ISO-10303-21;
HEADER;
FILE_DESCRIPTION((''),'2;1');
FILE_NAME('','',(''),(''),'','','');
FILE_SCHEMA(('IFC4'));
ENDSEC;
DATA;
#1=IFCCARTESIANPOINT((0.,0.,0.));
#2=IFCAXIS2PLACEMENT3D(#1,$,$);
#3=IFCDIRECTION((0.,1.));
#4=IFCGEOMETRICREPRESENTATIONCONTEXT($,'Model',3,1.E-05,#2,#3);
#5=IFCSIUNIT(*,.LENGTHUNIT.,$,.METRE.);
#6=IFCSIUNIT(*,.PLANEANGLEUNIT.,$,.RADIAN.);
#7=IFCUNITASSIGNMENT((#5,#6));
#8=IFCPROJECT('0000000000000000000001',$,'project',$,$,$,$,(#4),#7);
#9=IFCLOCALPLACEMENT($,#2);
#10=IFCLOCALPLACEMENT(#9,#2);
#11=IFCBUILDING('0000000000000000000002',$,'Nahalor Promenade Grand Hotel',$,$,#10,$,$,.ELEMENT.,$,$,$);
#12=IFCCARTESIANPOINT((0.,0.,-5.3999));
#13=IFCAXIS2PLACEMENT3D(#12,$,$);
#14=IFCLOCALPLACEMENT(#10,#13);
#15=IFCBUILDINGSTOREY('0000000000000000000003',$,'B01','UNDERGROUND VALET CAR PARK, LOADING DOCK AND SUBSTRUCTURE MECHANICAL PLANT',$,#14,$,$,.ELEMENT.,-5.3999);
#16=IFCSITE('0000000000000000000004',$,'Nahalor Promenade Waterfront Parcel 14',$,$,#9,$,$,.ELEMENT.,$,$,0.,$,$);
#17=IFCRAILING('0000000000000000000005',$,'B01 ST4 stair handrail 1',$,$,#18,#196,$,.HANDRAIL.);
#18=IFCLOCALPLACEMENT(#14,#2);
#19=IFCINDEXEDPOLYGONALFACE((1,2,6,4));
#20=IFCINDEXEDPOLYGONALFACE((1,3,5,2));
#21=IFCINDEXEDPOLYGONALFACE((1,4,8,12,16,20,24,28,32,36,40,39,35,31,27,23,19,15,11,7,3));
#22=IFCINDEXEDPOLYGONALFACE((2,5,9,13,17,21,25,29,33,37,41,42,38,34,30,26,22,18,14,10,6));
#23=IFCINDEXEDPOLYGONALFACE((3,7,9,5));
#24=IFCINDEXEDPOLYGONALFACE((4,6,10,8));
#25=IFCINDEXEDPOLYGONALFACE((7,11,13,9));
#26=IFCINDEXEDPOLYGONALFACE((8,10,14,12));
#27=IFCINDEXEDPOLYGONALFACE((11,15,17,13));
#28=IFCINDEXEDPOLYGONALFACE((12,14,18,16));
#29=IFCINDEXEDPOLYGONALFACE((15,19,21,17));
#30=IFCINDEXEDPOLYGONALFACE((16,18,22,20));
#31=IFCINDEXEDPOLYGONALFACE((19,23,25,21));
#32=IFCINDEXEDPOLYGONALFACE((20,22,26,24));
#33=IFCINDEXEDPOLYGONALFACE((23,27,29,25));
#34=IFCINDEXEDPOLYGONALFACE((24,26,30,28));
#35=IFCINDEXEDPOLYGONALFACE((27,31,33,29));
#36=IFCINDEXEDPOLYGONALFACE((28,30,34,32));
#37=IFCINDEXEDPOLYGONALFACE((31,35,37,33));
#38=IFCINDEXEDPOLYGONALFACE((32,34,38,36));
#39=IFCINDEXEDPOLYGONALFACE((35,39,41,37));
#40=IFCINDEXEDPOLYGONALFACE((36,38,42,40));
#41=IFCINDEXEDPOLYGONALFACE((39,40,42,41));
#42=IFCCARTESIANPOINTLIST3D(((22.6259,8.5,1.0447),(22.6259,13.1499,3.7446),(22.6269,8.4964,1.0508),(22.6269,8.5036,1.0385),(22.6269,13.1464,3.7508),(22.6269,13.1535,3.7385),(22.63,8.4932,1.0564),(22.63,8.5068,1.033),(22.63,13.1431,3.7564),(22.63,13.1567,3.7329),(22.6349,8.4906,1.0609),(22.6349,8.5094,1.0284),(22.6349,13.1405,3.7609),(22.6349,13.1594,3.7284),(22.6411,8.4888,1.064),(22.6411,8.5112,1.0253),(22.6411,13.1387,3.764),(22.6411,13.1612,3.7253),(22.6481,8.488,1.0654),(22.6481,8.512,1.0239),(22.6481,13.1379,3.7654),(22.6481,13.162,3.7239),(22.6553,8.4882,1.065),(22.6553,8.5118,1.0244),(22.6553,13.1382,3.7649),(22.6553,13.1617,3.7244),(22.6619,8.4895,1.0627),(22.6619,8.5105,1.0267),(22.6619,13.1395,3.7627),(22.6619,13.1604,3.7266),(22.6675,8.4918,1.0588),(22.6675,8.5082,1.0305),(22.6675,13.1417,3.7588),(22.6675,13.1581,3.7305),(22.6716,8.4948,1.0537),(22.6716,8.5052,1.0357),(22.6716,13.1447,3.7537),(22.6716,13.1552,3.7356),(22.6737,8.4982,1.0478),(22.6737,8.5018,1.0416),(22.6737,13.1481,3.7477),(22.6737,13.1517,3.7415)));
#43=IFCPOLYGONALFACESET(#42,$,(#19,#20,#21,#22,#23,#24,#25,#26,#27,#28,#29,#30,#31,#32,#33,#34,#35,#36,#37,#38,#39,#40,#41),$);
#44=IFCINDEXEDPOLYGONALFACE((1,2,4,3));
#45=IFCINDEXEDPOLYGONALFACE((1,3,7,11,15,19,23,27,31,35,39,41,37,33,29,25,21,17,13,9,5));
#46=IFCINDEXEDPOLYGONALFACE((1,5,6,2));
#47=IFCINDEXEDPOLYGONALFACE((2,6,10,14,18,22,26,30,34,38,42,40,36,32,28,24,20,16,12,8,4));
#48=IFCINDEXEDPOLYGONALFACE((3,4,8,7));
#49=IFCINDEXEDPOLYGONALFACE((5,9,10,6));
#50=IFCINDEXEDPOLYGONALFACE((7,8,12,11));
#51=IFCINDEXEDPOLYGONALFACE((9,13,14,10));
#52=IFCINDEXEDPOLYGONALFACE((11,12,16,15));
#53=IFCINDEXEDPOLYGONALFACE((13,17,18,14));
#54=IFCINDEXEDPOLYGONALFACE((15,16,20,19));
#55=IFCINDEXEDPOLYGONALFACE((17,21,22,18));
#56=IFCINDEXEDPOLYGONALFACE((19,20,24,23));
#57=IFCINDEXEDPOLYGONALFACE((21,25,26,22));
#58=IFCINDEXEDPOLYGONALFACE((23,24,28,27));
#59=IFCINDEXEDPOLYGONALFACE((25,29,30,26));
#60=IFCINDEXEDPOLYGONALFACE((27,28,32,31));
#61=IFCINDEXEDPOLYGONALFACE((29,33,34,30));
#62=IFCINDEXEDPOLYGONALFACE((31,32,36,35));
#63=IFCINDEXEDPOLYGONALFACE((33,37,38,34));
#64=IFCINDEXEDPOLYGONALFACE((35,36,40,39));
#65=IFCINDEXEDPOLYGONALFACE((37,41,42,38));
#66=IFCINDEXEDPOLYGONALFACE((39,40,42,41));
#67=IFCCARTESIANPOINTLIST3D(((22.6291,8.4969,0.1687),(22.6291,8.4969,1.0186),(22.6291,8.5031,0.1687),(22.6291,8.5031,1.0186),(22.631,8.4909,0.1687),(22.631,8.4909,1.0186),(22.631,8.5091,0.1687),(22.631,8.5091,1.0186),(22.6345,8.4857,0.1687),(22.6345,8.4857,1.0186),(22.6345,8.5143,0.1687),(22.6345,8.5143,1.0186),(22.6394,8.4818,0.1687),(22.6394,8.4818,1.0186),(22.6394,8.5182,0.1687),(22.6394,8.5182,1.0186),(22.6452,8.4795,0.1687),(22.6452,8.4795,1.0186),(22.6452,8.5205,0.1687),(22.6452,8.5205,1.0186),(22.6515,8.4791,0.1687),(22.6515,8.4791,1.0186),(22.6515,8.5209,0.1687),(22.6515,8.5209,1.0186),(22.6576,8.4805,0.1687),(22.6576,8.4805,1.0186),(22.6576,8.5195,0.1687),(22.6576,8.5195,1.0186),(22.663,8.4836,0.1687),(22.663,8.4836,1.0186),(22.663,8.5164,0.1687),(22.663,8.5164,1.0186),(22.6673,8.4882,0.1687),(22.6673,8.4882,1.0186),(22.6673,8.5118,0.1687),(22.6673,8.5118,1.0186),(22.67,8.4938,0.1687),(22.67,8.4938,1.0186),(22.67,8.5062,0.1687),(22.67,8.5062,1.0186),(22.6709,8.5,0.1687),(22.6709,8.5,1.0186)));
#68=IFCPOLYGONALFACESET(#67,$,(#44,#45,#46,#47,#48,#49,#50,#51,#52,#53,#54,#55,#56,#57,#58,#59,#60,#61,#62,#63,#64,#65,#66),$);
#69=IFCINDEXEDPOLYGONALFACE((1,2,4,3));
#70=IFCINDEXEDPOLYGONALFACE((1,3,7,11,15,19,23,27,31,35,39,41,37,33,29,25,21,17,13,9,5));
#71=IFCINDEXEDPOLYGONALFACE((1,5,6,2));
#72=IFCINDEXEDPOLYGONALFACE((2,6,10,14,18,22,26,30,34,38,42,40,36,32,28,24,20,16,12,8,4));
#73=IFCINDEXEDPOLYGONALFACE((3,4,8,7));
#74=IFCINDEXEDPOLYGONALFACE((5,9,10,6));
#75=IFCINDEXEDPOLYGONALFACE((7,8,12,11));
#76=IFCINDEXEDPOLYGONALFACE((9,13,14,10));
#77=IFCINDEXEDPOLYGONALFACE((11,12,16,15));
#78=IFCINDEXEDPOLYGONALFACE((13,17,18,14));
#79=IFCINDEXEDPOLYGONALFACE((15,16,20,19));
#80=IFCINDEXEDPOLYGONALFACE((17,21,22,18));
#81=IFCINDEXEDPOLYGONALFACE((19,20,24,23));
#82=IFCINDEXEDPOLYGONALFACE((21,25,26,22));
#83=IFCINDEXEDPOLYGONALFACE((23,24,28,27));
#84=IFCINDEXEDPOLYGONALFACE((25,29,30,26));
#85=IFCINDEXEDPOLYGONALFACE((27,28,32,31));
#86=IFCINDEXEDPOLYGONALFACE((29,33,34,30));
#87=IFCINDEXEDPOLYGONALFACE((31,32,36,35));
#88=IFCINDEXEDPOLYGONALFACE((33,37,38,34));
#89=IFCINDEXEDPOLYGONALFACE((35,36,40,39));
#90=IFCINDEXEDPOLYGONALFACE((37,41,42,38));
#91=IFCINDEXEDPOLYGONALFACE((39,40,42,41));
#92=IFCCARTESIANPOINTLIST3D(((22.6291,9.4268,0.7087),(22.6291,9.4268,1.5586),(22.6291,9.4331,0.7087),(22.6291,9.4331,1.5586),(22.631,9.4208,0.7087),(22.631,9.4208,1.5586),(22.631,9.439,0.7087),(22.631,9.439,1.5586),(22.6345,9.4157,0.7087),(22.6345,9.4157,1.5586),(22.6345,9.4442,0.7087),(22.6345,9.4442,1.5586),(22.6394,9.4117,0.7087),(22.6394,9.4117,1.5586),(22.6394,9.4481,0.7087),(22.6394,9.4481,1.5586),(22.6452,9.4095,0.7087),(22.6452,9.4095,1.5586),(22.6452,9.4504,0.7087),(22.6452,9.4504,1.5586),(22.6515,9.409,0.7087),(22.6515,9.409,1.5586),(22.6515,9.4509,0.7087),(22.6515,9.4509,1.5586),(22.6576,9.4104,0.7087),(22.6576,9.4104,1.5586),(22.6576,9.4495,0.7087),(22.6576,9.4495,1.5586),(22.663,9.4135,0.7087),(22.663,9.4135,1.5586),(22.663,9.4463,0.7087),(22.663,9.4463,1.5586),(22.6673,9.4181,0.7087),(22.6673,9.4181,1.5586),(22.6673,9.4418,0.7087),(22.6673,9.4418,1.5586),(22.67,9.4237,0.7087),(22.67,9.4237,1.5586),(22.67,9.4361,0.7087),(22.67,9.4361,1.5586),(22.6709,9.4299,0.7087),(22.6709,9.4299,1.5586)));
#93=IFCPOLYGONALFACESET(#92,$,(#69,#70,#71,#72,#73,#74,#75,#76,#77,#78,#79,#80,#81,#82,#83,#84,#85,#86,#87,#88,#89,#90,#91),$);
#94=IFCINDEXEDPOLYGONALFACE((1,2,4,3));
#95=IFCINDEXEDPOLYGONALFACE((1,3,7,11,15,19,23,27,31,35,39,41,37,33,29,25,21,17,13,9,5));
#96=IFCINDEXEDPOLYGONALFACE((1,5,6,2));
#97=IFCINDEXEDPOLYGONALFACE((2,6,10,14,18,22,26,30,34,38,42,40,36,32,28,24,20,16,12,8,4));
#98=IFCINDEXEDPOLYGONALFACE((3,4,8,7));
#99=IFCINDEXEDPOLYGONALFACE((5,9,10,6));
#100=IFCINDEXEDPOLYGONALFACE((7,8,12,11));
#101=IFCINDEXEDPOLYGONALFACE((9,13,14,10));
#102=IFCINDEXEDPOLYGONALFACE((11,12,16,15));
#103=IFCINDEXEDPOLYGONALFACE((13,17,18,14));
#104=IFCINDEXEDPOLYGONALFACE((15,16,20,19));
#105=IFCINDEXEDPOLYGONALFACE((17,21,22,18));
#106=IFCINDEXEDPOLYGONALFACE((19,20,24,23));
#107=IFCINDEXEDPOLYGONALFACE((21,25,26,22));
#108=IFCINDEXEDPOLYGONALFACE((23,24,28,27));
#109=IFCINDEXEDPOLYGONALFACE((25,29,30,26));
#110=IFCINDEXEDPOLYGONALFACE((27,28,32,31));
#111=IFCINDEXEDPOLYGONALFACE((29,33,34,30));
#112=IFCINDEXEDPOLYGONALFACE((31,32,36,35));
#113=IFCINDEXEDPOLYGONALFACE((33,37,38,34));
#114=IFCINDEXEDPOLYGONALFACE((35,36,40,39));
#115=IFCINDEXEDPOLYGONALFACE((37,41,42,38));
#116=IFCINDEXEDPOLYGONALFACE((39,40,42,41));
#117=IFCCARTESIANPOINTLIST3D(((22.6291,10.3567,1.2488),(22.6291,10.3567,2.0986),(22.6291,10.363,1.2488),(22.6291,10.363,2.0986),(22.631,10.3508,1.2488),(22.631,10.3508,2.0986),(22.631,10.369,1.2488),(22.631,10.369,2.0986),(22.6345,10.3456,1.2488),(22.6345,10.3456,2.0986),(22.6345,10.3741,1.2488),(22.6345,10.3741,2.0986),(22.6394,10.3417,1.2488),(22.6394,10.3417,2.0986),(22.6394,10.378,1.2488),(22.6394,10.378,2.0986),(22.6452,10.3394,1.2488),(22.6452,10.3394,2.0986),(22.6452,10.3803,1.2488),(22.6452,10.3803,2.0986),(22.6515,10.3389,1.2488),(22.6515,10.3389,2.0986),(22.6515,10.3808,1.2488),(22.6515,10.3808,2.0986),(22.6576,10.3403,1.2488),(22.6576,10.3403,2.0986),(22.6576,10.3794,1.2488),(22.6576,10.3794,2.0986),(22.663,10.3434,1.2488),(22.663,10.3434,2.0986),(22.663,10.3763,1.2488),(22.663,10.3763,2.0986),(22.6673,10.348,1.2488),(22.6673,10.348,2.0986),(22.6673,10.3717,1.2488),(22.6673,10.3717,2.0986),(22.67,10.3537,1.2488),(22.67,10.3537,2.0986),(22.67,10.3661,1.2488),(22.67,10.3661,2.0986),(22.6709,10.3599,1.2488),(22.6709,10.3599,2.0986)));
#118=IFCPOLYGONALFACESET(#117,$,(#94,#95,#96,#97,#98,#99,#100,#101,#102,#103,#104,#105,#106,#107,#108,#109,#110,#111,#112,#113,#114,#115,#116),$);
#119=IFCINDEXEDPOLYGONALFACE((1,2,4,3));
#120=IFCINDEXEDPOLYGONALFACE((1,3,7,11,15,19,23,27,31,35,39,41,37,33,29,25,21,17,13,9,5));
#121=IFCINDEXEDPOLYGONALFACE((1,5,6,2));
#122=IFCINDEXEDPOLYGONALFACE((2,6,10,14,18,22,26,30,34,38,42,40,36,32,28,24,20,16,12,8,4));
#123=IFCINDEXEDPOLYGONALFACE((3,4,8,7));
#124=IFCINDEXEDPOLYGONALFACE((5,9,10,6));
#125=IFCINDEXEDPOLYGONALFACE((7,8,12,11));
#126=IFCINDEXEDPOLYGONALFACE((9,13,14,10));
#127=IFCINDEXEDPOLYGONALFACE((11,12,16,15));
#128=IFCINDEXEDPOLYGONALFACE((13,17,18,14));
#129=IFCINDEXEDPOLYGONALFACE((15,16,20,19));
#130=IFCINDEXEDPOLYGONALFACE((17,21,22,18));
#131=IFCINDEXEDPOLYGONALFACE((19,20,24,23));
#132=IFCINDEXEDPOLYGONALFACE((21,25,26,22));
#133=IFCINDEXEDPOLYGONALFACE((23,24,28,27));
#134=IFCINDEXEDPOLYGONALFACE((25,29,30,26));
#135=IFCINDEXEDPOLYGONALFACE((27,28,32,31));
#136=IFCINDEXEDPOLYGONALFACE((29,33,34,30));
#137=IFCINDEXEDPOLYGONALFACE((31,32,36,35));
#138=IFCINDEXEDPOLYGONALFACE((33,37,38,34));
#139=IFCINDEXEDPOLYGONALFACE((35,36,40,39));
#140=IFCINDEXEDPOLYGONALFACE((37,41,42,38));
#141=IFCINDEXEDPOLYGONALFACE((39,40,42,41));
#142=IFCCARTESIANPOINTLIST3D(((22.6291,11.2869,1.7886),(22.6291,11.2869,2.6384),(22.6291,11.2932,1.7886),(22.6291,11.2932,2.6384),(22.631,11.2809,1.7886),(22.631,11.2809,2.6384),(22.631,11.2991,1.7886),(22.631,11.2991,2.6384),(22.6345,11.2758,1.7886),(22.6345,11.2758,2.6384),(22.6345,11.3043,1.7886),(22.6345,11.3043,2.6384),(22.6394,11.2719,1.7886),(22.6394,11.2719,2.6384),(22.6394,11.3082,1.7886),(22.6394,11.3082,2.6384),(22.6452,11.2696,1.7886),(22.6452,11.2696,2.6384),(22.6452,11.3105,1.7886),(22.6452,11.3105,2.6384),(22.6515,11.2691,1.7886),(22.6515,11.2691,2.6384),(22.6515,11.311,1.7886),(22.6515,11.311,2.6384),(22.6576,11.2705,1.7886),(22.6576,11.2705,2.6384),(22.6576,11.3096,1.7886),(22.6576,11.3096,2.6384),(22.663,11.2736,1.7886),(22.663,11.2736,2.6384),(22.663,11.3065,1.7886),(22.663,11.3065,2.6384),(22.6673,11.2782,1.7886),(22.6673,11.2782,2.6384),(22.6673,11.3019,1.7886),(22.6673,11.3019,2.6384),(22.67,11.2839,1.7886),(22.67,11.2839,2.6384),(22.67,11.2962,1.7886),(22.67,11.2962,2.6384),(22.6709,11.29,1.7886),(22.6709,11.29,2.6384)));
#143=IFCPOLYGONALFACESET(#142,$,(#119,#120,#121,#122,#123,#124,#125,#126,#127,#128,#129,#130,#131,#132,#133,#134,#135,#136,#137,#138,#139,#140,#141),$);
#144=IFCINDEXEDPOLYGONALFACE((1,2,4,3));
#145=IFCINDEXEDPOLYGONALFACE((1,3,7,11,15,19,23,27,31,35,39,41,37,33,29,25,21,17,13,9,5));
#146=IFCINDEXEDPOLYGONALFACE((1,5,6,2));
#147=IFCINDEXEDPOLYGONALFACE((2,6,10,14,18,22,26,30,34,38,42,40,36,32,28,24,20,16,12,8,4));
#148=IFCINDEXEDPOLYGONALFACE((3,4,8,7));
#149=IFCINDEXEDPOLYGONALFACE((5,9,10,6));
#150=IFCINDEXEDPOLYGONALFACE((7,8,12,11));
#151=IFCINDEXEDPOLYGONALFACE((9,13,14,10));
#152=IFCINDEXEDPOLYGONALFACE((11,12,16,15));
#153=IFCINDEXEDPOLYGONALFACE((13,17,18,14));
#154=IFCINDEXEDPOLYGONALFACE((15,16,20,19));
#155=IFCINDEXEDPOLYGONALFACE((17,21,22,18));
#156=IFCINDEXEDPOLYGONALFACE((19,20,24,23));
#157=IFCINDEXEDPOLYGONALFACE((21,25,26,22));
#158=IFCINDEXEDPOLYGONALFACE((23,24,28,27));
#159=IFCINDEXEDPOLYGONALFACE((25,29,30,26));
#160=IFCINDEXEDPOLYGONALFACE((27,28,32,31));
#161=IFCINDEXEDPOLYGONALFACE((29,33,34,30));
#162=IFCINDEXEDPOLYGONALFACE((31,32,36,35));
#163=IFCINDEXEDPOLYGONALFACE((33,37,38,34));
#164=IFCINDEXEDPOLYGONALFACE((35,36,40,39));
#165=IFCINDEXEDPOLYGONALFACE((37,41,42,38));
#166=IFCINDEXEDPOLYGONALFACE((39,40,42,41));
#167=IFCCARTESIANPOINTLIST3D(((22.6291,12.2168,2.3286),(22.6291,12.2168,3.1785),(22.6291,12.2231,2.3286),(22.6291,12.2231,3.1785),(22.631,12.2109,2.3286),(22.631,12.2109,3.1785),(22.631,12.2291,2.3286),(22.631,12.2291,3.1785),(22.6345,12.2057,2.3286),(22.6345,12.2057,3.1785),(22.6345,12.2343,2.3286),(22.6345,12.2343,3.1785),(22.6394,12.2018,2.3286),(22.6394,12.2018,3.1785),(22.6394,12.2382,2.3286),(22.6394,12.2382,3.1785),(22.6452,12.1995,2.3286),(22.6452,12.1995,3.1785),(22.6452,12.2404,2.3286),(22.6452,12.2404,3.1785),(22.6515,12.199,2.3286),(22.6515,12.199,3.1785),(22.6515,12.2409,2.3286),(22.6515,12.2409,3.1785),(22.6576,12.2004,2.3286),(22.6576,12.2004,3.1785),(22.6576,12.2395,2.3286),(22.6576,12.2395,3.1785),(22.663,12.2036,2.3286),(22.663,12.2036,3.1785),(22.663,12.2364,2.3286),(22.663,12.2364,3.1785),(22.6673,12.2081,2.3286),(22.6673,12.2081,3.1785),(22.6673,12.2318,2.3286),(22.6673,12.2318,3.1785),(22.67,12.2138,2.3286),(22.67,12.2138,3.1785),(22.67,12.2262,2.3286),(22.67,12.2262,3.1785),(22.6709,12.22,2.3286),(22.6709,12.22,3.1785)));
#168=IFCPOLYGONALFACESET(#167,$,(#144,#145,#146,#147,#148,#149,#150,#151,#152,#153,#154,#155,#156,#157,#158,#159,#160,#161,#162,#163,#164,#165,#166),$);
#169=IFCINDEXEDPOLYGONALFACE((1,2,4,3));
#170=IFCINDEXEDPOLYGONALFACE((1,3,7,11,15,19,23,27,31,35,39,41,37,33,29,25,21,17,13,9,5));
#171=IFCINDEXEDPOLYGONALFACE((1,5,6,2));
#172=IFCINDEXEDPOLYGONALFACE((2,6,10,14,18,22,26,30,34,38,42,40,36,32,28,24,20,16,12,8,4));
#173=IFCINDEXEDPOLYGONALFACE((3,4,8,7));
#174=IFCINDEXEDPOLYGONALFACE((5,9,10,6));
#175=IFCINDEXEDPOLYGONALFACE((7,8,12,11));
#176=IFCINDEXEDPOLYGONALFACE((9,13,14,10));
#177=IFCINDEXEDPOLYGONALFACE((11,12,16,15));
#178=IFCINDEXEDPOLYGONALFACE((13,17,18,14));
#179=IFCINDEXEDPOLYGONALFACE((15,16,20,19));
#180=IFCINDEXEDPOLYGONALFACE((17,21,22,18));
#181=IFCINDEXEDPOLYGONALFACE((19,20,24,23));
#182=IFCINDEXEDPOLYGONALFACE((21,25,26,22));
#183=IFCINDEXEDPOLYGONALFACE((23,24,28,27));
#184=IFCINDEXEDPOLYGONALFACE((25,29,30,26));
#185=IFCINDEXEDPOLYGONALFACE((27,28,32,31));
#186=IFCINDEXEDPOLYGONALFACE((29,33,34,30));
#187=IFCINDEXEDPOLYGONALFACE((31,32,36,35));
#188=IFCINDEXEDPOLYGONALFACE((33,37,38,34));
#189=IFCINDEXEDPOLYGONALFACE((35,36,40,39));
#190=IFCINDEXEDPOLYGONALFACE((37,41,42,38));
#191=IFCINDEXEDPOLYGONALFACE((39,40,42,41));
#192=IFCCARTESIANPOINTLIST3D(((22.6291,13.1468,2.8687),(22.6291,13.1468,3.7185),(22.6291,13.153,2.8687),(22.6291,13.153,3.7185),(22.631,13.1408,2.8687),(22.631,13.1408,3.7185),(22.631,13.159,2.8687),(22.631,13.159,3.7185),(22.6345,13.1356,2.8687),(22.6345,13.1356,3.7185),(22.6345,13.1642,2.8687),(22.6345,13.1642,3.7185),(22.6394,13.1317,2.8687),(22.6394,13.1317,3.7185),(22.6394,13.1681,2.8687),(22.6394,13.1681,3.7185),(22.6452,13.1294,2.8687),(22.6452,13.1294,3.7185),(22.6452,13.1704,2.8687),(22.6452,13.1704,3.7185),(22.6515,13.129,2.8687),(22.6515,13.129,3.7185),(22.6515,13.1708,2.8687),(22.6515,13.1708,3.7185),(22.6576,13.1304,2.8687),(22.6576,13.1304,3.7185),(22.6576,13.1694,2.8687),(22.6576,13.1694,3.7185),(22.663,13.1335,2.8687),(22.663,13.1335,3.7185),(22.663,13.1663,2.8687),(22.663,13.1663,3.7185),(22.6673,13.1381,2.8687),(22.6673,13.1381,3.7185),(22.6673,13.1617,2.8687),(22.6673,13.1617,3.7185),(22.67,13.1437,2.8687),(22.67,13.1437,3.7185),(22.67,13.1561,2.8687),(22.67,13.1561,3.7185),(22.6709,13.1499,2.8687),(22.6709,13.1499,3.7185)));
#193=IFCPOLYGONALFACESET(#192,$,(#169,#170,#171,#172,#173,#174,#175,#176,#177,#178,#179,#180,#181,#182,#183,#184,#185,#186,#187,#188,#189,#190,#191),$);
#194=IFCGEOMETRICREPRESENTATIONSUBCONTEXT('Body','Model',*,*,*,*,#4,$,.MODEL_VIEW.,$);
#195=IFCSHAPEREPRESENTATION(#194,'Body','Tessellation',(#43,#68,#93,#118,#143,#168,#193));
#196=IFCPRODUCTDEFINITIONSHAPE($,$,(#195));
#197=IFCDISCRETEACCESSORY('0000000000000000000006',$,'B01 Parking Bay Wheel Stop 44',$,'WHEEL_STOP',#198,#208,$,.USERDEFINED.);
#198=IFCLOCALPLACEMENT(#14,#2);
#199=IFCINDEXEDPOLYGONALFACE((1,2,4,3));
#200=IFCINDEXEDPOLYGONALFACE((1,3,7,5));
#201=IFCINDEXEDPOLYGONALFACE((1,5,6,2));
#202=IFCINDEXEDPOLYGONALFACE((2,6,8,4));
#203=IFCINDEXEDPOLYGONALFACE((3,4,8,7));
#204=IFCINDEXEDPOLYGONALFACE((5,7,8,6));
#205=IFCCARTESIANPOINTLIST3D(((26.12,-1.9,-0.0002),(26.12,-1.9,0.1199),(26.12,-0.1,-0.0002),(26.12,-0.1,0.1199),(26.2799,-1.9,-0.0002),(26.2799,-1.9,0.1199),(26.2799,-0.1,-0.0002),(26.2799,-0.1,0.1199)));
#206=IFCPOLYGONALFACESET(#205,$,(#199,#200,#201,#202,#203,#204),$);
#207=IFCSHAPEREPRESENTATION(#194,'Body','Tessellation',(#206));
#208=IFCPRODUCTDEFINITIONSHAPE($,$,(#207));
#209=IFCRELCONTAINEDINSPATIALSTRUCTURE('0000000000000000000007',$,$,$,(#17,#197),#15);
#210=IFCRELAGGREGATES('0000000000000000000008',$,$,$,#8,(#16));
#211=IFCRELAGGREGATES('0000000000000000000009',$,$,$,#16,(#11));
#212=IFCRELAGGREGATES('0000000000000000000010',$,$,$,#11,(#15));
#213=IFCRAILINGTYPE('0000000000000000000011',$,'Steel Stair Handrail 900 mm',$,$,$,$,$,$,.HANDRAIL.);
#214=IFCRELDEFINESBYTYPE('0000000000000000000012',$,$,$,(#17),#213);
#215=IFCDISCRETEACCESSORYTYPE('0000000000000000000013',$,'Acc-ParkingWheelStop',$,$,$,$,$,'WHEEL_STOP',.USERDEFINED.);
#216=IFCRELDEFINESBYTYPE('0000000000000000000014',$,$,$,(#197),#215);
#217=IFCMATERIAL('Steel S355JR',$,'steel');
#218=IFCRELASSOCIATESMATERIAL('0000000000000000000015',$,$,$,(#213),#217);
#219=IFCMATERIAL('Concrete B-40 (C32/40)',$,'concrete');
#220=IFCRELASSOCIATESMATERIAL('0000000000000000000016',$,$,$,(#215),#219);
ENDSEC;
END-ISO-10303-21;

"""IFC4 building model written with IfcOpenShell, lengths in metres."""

from ifc_helpers import new_model, si_unit, direction, frame, origin, origin_2d, place, context, subcontext, project, spatial, rectangle, circle, extrude, source, transform, mapped, material, type_object, element, save


model = new_model("IFC4")

# Units and contexts
model_context = context("Model", 3, precision=1e-05, world=origin(), true_north=direction((0.0, 1.0)))
body_context = subcontext(model_context, "Body", "Model", "MODEL_VIEW")
ifc_project = project(units=[si_unit("LENGTHUNIT", "METRE"), si_unit("PLANEANGLEUNIT", "RADIAN")], contexts=[model_context])

# Site, building, storey
site_placement = place(None, origin())
site = spatial("IfcSite", under=ifc_project, at=site_placement, Name="Nahalor Promenade Waterfront Parcel 14", CompositionType="ELEMENT", RefElevation=0.0)
building_placement = place(site_placement, origin())
building = spatial("IfcBuilding", under=site, at=building_placement, Name="Nahalor Promenade Grand Hotel", CompositionType="ELEMENT")
storey_placement = place(building_placement, frame((0.0, 0.0, -5.3999)))
storey = spatial("IfcBuildingStorey", under=building, at=storey_placement, Name="B01", Description="UNDERGROUND VALET CAR PARK, LOADING DOCK AND SUBSTRUCTURE MECHANICAL PLANT", CompositionType="ELEMENT", Elevation=-5.3999)

# Shared definitions
ifc_material_1 = material(Name="Steel S355JR", Category="steel")

# Railing
railing_type_1 = type_object("IfcRailingType", Name="Steel Stair Handrail 900 mm", PredefinedType="HANDRAIL", material=ifc_material_1)
railing_1_placement = place(storey_placement, frame((22.6499, 8.5, 0.1687)))
element("IfcRailing", 1, at=railing_1_placement, inside=storey, type_object=railing_type_1, Name="B01 ST4 stair handrail 1", PredefinedType="HANDRAIL", context=body_context, shape_type="SweptSolid", body=[
    extrude(circle(Radius=0.024, at=origin_2d()), frame((0.0, 0.0, 0.876), z_axis=(0.0, 0.864788, 0.502137), x_axis=(-1.0, 0.0, 0.0)), (0.0, 0.0, 1.0), 5.377),
    extrude(circle(Radius=0.021, at=origin_2d()), origin(), (0.0, 0.0, 1.0), 0.8499),
    extrude(circle(Radius=0.021, at=origin_2d()), frame((0.0, 0.9299, 0.54)), (0.0, 0.0, 1.0), 0.8499),
    extrude(circle(Radius=0.021, at=origin_2d()), frame((0.0, 1.8599, 1.0801)), (0.0, 0.0, 1.0), 0.8499),
    extrude(circle(Radius=0.021, at=origin_2d()), frame((0.0, 2.79, 1.6199)), (0.0, 0.0, 1.0), 0.8499),
    extrude(circle(Radius=0.021, at=origin_2d()), frame((0.0, 3.72, 2.1599)), (0.0, 0.0, 1.0), 0.8499),
    extrude(circle(Radius=0.021, at=origin_2d()), frame((0.0, 4.6499, 2.7)), (0.0, 0.0, 1.0), 0.8499),
])

# Discrete accessory
ifc_material_2 = material(Name="Concrete B-40 (C32/40)", Category="concrete")
discrete_accessory_type = type_object("IfcDiscreteAccessoryType", Name="Acc-ParkingWheelStop", ElementType="WHEEL_STOP", PredefinedType="USERDEFINED", material=ifc_material_2)
shared_shape_1 = source(origin(), body_context, "Body", "SweptSolid", [
    extrude(rectangle(XDim=1.8, YDim=0.1599, at=origin_2d()), origin(), (0.0, 0.0, 1.0), 0.1201),
])
for number, where, z_axis, x_axis, name in (
    (2, (26.2, -1.0, -0.0002), (0.0, 0.0, 1.0), (0.0, 1.0, 0.0), "B01 Parking Bay Wheel Stop 44"),
):
    element("IfcDiscreteAccessory", number, at=place(storey_placement, frame(where, z_axis=z_axis, x_axis=x_axis)), inside=storey, type_object=discrete_accessory_type, Name=name, ObjectType="WHEEL_STOP", PredefinedType="USERDEFINED", context=body_context, shape_type="MappedRepresentation", body=[
        mapped(shared_shape_1, transform((0.0, 0.0, 0.0), scale=1.0)),
    ])

save(model, "model.ifc")
